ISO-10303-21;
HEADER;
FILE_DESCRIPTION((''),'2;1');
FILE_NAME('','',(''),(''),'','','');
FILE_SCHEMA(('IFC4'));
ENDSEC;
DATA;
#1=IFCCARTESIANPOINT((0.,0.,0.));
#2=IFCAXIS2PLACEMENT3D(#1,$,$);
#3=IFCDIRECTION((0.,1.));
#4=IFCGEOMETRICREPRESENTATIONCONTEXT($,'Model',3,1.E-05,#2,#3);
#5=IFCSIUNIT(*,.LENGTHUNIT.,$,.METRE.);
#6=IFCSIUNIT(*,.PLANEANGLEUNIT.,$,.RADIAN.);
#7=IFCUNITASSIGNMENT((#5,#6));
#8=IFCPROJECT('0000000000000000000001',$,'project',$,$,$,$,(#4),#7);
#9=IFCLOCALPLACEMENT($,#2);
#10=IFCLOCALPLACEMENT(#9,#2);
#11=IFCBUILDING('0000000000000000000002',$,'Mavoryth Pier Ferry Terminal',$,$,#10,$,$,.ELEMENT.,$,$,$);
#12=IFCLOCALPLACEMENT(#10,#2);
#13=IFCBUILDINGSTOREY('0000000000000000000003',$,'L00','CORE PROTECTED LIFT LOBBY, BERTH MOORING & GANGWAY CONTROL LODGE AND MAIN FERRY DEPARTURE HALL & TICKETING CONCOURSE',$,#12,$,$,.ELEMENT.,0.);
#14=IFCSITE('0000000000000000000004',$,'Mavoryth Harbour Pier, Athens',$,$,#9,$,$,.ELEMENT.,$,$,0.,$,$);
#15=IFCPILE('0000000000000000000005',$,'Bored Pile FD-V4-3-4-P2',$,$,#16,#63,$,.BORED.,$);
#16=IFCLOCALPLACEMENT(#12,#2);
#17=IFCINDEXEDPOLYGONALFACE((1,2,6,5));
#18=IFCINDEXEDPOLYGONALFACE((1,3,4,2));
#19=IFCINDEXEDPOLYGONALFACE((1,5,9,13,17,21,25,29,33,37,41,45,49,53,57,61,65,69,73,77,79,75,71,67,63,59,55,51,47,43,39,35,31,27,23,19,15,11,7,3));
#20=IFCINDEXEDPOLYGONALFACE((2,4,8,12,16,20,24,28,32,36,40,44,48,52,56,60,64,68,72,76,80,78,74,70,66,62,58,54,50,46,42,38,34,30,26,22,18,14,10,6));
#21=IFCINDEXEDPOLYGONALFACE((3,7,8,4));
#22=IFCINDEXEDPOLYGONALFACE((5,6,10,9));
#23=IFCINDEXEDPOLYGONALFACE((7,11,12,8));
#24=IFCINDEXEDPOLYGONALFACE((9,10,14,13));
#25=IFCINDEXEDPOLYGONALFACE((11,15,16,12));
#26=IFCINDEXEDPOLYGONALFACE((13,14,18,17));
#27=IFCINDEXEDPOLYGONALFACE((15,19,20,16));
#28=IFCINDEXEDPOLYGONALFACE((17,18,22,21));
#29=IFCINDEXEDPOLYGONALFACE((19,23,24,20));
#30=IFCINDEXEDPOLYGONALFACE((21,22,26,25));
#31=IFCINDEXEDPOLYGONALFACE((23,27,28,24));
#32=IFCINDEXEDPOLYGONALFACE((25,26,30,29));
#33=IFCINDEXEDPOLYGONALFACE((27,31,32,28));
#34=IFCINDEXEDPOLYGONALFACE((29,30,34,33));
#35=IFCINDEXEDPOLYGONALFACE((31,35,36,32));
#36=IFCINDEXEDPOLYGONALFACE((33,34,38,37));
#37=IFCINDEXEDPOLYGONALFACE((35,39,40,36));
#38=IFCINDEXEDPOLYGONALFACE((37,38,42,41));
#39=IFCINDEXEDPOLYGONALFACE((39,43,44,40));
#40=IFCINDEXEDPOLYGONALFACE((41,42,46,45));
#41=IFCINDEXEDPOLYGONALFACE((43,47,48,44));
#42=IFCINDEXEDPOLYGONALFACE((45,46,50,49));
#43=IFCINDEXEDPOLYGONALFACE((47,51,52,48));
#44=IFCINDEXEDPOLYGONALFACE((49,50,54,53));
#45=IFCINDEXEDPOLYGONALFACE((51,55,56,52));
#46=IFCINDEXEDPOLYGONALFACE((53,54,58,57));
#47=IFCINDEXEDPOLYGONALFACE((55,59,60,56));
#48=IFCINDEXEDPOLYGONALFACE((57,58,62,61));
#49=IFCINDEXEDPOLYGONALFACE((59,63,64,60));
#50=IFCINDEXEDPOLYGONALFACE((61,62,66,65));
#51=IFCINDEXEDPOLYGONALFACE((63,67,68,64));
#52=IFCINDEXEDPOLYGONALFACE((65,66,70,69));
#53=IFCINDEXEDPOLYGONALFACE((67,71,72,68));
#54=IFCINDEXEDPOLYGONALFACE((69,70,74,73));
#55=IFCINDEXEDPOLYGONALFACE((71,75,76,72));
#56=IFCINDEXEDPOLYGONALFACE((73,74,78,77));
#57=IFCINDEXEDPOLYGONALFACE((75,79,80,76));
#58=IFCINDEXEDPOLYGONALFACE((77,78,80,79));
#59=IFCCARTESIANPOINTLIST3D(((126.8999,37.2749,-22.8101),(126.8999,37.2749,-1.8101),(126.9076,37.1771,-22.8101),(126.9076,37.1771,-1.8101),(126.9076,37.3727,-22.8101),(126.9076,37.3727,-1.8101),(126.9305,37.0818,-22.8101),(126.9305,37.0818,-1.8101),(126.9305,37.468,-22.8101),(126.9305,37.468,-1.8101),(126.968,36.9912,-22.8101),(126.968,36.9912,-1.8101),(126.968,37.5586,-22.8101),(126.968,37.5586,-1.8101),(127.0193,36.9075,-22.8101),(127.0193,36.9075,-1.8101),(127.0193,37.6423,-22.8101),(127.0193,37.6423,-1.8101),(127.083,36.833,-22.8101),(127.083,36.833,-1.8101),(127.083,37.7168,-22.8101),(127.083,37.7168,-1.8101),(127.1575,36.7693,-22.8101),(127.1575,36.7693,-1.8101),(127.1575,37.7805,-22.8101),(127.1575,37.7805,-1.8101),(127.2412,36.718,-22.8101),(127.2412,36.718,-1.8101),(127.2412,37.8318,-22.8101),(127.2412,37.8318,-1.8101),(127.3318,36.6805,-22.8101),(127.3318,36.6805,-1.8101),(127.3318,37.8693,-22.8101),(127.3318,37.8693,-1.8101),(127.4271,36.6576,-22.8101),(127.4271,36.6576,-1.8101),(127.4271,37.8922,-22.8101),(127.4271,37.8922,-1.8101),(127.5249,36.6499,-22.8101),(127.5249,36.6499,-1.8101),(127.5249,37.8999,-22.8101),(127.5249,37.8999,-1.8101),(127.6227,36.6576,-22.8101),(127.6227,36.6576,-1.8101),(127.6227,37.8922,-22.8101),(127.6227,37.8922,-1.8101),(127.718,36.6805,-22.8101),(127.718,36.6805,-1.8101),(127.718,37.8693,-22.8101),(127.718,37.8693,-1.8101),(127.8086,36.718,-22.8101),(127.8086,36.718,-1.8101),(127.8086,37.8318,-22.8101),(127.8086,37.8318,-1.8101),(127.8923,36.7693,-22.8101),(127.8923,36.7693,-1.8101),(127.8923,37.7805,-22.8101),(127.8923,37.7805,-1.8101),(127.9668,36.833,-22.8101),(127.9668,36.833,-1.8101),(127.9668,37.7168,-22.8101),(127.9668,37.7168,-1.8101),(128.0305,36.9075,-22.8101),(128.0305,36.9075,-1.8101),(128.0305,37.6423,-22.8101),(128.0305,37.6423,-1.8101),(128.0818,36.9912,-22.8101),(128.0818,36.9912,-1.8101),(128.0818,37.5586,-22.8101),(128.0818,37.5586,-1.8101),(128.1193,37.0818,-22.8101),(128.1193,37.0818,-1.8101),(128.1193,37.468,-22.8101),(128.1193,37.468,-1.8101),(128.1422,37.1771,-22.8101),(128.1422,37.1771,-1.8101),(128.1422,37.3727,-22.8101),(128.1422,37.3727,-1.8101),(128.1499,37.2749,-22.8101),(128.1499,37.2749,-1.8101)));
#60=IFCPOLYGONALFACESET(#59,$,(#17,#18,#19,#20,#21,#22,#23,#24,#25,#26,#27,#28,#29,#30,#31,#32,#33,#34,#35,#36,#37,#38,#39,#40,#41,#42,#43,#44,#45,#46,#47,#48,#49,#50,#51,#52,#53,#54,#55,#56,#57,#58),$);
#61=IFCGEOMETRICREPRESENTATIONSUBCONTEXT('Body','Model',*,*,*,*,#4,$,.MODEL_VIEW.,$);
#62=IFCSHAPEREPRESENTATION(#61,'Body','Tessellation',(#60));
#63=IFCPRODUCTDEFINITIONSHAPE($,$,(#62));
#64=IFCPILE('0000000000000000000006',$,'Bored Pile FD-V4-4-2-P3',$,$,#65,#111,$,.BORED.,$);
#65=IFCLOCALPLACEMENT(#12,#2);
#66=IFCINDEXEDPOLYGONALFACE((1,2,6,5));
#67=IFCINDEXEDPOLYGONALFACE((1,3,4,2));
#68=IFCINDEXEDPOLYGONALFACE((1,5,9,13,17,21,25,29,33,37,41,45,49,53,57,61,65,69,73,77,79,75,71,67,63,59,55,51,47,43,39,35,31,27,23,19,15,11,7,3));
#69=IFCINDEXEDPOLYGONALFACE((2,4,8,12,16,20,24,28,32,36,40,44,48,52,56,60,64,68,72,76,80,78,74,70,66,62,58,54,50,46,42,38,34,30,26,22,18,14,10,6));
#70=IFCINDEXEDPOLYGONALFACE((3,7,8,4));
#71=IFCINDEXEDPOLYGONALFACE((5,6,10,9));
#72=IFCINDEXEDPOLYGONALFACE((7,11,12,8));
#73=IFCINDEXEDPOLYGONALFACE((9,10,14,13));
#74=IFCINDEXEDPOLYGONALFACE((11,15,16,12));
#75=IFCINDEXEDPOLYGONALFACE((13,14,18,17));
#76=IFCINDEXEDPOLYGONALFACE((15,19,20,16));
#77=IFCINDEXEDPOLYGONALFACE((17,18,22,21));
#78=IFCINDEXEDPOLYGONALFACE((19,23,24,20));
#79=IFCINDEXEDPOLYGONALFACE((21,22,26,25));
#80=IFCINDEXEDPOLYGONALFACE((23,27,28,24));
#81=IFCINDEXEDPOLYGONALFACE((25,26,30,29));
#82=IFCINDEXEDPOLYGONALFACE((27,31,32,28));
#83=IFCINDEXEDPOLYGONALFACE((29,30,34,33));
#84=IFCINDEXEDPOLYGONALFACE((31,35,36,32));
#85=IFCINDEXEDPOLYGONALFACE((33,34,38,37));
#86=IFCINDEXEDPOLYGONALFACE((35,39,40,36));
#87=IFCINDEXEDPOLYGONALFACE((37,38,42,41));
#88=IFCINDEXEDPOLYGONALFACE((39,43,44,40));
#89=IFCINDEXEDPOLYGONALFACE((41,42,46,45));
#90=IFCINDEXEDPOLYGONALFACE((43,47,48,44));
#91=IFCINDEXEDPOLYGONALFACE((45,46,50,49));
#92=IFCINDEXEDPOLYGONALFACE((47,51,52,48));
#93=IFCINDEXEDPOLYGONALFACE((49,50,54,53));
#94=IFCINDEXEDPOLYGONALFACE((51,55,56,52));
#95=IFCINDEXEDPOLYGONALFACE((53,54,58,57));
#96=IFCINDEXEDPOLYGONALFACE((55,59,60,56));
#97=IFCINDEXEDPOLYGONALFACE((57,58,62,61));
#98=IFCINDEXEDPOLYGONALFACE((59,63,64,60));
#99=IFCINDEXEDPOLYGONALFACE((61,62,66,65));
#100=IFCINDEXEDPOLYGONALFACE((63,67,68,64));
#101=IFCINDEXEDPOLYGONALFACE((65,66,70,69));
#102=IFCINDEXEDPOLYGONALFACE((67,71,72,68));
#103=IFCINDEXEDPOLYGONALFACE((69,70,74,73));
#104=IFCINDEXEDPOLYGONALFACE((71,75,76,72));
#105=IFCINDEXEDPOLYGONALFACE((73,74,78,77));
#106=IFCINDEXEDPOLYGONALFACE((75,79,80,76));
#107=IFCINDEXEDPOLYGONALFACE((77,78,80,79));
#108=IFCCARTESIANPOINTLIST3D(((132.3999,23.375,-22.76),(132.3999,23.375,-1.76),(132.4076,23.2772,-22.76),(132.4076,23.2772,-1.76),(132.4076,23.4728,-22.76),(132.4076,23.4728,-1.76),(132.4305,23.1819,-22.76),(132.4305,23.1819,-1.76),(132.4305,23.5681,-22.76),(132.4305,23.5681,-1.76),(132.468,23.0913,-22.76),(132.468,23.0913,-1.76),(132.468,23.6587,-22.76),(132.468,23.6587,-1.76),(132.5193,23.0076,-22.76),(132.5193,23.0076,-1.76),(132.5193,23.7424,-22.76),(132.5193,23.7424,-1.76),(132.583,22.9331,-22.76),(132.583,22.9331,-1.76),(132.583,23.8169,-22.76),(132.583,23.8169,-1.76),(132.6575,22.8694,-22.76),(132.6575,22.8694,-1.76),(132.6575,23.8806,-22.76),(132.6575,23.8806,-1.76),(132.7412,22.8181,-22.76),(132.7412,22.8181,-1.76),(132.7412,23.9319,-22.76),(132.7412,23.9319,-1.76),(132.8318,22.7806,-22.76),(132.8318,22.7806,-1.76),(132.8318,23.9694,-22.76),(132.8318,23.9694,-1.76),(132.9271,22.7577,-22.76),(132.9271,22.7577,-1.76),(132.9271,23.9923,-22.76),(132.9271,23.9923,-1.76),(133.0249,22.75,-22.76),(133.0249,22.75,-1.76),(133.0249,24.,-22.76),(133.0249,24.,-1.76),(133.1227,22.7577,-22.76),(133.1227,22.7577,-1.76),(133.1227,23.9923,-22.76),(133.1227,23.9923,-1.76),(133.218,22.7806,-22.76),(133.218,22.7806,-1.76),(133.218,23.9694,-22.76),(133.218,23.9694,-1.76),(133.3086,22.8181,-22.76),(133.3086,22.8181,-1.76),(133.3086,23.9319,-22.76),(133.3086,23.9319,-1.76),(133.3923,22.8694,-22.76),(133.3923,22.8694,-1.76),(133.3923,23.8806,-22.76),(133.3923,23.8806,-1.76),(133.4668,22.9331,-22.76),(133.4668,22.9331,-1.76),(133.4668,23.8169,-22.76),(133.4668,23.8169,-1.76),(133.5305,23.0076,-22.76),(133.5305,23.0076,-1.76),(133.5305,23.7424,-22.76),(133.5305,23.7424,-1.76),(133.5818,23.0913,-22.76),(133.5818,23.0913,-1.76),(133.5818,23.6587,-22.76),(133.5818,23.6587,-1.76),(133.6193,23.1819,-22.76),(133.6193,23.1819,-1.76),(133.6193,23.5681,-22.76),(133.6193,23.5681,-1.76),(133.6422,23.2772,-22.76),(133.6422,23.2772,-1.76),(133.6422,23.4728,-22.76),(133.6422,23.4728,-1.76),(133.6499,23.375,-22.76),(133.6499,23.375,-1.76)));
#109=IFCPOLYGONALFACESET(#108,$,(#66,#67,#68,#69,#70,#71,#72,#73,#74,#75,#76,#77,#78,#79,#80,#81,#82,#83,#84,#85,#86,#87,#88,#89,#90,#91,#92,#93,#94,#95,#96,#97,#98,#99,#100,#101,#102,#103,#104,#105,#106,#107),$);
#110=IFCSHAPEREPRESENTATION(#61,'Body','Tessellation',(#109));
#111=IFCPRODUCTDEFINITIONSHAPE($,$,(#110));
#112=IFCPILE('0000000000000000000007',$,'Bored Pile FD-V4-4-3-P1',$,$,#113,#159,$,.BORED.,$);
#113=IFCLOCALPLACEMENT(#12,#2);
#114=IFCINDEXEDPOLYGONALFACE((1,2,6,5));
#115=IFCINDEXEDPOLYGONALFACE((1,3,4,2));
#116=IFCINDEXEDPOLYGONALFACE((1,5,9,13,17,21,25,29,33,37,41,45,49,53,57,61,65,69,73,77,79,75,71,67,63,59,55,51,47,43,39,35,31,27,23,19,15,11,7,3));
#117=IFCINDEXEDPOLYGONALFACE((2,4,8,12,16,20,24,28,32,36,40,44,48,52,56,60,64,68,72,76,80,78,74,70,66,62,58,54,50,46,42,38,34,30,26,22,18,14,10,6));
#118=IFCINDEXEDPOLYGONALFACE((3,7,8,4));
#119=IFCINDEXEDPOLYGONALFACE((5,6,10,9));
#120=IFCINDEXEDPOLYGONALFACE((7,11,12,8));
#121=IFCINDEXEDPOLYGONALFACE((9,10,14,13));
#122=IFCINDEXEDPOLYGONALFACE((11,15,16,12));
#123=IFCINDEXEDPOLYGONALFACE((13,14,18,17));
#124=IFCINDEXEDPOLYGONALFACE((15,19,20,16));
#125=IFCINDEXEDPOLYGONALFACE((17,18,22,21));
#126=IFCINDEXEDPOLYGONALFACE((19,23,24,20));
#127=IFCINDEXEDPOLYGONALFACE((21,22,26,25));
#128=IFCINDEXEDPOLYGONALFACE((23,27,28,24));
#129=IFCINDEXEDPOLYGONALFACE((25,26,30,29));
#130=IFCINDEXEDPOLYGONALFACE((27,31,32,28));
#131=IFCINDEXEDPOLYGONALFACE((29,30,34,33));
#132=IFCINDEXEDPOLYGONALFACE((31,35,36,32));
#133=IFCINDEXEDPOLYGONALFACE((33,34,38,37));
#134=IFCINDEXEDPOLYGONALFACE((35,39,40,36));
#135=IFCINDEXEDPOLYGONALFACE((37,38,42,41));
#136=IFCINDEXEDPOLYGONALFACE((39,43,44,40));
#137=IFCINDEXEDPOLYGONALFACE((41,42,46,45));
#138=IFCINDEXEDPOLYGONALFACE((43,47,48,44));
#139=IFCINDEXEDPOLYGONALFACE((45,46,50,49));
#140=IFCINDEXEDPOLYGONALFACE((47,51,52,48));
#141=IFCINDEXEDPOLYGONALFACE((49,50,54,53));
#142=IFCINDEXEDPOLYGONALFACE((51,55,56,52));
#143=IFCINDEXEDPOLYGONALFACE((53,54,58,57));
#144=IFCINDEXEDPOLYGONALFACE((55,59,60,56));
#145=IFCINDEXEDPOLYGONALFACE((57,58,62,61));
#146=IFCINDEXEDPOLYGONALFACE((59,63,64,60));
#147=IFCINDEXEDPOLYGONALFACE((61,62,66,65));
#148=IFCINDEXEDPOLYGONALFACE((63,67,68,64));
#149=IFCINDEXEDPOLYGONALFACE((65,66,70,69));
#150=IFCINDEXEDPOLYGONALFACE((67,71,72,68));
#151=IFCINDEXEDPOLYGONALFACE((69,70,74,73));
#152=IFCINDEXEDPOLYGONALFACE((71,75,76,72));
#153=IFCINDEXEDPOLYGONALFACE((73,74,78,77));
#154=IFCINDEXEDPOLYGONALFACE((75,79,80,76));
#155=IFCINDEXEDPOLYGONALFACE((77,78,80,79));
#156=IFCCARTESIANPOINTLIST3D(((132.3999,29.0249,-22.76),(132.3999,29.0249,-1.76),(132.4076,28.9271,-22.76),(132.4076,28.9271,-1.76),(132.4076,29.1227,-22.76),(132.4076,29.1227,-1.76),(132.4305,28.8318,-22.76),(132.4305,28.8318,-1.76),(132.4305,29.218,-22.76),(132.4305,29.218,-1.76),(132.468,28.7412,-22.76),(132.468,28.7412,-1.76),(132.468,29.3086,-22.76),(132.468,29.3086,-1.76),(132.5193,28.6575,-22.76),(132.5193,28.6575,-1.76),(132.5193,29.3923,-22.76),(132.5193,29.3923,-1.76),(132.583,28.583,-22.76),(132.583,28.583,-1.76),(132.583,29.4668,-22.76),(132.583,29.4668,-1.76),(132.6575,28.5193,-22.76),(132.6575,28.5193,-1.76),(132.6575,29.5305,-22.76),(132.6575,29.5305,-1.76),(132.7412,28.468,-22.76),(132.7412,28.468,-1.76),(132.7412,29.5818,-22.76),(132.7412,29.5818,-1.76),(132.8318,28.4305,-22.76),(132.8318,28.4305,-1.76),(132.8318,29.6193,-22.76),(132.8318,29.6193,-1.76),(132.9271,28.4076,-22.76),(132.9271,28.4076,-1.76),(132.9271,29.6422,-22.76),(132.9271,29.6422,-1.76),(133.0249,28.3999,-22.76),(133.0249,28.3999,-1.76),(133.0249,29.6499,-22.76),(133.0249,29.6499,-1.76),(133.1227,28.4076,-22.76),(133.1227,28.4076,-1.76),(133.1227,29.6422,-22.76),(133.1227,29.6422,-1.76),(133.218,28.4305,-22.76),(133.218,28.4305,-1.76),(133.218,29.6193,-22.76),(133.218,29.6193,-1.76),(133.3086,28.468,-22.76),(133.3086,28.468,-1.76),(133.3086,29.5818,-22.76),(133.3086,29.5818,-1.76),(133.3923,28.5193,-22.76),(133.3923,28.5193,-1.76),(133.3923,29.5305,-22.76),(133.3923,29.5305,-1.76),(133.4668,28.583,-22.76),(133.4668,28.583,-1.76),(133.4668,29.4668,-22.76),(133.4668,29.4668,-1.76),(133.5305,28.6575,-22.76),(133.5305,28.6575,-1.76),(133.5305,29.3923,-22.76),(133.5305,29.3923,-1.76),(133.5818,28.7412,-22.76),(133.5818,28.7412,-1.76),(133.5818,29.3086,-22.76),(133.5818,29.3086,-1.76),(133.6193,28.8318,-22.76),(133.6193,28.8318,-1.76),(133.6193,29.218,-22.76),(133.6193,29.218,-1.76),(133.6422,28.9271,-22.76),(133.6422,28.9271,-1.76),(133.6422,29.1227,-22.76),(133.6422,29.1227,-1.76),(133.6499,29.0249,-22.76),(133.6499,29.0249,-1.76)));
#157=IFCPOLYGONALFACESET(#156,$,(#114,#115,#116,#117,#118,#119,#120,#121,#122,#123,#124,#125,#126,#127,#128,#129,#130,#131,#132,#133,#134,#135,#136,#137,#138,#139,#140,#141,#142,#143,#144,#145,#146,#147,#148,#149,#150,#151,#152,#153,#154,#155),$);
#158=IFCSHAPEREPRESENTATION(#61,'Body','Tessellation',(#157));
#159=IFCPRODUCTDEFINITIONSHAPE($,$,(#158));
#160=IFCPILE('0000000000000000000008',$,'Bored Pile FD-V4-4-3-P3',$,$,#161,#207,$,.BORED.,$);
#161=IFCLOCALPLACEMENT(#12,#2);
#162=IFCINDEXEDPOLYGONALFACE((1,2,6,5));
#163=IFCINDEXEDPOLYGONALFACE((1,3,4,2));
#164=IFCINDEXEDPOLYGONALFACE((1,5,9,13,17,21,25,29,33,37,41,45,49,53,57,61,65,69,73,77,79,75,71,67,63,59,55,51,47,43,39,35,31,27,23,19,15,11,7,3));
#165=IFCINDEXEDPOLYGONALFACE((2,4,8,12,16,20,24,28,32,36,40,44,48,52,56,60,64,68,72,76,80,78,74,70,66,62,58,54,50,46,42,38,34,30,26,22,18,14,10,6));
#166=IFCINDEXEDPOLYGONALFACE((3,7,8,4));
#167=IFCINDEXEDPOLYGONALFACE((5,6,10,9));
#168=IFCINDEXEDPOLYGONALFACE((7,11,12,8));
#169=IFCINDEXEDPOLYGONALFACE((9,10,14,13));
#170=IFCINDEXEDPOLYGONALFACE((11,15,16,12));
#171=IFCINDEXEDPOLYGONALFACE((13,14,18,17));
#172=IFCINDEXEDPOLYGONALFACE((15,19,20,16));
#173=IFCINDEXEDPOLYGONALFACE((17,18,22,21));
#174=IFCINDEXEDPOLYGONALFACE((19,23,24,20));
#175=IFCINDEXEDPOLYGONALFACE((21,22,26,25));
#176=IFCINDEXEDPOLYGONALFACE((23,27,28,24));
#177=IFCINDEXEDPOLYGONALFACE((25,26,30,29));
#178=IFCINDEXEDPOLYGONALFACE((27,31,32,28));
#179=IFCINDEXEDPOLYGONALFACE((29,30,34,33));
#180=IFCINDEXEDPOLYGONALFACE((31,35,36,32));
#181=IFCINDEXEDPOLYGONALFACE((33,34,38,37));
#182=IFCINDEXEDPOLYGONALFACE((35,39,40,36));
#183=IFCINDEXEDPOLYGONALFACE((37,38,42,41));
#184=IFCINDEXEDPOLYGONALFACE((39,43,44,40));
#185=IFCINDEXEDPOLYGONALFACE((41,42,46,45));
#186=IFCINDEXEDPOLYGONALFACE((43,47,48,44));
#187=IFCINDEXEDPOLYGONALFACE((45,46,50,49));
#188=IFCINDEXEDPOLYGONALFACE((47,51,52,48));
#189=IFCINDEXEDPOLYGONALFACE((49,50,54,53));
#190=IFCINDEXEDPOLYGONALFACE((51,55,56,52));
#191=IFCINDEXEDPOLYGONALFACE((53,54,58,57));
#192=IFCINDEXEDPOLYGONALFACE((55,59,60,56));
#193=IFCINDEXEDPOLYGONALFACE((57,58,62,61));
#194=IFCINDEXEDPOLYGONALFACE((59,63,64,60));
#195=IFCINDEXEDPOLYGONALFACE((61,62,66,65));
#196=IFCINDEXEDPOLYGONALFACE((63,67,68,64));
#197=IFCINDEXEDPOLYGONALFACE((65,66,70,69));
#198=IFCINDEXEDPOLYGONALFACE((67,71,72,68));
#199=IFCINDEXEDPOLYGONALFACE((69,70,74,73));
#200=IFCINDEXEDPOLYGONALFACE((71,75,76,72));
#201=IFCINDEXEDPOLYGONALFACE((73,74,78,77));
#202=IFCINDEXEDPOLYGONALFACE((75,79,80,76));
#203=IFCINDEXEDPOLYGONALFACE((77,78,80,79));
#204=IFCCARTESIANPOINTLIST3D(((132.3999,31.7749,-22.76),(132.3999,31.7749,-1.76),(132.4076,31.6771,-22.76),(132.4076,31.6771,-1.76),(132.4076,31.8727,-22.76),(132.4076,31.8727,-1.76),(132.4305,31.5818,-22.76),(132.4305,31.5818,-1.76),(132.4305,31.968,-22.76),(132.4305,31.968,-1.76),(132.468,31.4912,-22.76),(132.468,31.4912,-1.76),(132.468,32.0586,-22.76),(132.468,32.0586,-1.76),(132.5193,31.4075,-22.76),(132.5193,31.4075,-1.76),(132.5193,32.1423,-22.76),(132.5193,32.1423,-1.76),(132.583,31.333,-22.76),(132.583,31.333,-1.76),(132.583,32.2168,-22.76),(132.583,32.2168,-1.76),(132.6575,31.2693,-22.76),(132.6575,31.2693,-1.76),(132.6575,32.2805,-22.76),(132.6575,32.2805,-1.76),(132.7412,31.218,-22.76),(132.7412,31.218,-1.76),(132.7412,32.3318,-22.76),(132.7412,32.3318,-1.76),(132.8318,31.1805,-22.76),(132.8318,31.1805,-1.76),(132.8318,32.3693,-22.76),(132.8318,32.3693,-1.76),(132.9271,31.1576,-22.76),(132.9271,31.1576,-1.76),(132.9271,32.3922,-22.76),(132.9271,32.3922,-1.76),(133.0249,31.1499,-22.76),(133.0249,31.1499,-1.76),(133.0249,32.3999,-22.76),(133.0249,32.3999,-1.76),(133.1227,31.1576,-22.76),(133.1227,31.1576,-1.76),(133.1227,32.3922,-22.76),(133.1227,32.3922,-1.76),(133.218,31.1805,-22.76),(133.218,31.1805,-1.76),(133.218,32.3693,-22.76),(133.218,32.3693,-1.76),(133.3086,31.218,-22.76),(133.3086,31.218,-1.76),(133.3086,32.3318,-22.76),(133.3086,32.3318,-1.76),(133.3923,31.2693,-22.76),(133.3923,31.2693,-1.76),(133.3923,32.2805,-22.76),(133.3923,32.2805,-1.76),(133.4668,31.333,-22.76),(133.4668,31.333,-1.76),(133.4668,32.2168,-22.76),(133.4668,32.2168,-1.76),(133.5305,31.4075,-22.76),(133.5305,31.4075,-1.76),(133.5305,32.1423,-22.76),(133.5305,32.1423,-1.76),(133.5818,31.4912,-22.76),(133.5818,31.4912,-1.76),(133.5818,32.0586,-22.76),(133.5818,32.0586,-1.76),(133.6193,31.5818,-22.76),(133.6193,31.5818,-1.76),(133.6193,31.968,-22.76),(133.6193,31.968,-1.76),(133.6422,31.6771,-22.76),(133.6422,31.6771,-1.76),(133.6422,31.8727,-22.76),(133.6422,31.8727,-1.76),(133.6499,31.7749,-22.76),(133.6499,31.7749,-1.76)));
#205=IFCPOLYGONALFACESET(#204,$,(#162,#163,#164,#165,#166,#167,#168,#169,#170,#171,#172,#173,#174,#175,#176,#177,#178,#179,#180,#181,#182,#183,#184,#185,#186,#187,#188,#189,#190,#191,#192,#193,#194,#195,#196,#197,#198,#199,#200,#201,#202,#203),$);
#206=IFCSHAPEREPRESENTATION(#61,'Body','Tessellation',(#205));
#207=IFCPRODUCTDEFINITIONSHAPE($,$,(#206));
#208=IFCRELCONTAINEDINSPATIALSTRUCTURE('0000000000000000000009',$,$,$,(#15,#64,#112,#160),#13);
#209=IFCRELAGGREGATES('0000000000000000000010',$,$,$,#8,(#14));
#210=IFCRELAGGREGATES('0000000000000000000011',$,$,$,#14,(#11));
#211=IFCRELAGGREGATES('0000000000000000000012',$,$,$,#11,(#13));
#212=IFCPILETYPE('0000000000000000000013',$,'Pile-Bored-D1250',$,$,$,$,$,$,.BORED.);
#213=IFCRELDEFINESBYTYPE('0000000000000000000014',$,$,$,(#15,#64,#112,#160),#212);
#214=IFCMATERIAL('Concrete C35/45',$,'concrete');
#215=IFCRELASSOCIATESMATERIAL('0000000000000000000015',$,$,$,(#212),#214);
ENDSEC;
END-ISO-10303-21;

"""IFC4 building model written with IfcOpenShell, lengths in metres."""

from ifc_helpers import new_model, si_unit, direction, frame, origin, origin_2d, place, context, subcontext, project, spatial, circle, extrude, material, material_profile, profile_set, type_object, element, save


model = new_model("IFC4")

# Units and contexts
model_context = context("Model", 3, precision=1e-05, world=origin(), true_north=direction((0.0, 1.0)))
body_context = subcontext(model_context, "Body", "Model", "MODEL_VIEW")
ifc_project = project(units=[si_unit("LENGTHUNIT", "METRE"), si_unit("PLANEANGLEUNIT", "RADIAN")], contexts=[model_context])

# Site, building, storey
site_placement = place(None, origin())
site = spatial("IfcSite", under=ifc_project, at=site_placement, Name="Mavoryth Harbour Pier, Athens", CompositionType="ELEMENT", RefElevation=0.0)
building_placement = place(site_placement, origin())
building = spatial("IfcBuilding", under=site, at=building_placement, Name="Mavoryth Pier Ferry Terminal", CompositionType="ELEMENT")
storey_placement = place(building_placement, origin())
storey = spatial("IfcBuildingStorey", under=building, at=storey_placement, Name="L00", Description="CORE PROTECTED LIFT LOBBY, BERTH MOORING & GANGWAY CONTROL LODGE AND MAIN FERRY DEPARTURE HALL & TICKETING CONCOURSE", CompositionType="ELEMENT", Elevation=0.0)

# Shared definitions
ifc_material_1 = material(Name="Concrete C35/45", Category="concrete")

# Piles
ifc_material_profile_1 = material_profile(ifc_material_1, circle(Radius=0.625, at=origin_2d()), Name="PILE D1250", Category="concrete")
ifc_profile_set_1 = profile_set([ifc_material_profile_1], Name="Concrete C35/45 - PILE D1250")
pile_type_1 = type_object("IfcPileType", Name="Pile-Bored-D1250", PredefinedType="BORED", material=ifc_profile_set_1)
for number, where, z_axis, x_axis, name in (
    (1, (127.5249, 37.2749, -1.8101), (0.0, 0.0, -1.0), (1.0, 0.0, 0.0), "Bored Pile FD-V4-3-4-P2"),
    (2, (133.0249, 23.375, -1.76), (0.0, 0.0, -1.0), (1.0, 0.0, 0.0), "Bored Pile FD-V4-4-2-P3"),
    (3, (133.0249, 29.0249, -1.76), (0.0, 0.0, -1.0), (1.0, 0.0, 0.0), "Bored Pile FD-V4-4-3-P1"),
    (4, (133.0249, 31.7749, -1.76), (0.0, 0.0, -1.0), (1.0, 0.0, 0.0), "Bored Pile FD-V4-4-3-P3"),
):
    element("IfcPile", number, at=place(storey_placement, frame(where, z_axis=z_axis, x_axis=x_axis)), inside=storey, type_object=pile_type_1, Name=name, PredefinedType="BORED", context=body_context, shape_type="SweptSolid", body=[
        extrude(circle(Radius=0.625, at=origin_2d()), origin(), (0.0, 0.0, 1.0), 21.0),
    ])

save(model, "model.ifc")
